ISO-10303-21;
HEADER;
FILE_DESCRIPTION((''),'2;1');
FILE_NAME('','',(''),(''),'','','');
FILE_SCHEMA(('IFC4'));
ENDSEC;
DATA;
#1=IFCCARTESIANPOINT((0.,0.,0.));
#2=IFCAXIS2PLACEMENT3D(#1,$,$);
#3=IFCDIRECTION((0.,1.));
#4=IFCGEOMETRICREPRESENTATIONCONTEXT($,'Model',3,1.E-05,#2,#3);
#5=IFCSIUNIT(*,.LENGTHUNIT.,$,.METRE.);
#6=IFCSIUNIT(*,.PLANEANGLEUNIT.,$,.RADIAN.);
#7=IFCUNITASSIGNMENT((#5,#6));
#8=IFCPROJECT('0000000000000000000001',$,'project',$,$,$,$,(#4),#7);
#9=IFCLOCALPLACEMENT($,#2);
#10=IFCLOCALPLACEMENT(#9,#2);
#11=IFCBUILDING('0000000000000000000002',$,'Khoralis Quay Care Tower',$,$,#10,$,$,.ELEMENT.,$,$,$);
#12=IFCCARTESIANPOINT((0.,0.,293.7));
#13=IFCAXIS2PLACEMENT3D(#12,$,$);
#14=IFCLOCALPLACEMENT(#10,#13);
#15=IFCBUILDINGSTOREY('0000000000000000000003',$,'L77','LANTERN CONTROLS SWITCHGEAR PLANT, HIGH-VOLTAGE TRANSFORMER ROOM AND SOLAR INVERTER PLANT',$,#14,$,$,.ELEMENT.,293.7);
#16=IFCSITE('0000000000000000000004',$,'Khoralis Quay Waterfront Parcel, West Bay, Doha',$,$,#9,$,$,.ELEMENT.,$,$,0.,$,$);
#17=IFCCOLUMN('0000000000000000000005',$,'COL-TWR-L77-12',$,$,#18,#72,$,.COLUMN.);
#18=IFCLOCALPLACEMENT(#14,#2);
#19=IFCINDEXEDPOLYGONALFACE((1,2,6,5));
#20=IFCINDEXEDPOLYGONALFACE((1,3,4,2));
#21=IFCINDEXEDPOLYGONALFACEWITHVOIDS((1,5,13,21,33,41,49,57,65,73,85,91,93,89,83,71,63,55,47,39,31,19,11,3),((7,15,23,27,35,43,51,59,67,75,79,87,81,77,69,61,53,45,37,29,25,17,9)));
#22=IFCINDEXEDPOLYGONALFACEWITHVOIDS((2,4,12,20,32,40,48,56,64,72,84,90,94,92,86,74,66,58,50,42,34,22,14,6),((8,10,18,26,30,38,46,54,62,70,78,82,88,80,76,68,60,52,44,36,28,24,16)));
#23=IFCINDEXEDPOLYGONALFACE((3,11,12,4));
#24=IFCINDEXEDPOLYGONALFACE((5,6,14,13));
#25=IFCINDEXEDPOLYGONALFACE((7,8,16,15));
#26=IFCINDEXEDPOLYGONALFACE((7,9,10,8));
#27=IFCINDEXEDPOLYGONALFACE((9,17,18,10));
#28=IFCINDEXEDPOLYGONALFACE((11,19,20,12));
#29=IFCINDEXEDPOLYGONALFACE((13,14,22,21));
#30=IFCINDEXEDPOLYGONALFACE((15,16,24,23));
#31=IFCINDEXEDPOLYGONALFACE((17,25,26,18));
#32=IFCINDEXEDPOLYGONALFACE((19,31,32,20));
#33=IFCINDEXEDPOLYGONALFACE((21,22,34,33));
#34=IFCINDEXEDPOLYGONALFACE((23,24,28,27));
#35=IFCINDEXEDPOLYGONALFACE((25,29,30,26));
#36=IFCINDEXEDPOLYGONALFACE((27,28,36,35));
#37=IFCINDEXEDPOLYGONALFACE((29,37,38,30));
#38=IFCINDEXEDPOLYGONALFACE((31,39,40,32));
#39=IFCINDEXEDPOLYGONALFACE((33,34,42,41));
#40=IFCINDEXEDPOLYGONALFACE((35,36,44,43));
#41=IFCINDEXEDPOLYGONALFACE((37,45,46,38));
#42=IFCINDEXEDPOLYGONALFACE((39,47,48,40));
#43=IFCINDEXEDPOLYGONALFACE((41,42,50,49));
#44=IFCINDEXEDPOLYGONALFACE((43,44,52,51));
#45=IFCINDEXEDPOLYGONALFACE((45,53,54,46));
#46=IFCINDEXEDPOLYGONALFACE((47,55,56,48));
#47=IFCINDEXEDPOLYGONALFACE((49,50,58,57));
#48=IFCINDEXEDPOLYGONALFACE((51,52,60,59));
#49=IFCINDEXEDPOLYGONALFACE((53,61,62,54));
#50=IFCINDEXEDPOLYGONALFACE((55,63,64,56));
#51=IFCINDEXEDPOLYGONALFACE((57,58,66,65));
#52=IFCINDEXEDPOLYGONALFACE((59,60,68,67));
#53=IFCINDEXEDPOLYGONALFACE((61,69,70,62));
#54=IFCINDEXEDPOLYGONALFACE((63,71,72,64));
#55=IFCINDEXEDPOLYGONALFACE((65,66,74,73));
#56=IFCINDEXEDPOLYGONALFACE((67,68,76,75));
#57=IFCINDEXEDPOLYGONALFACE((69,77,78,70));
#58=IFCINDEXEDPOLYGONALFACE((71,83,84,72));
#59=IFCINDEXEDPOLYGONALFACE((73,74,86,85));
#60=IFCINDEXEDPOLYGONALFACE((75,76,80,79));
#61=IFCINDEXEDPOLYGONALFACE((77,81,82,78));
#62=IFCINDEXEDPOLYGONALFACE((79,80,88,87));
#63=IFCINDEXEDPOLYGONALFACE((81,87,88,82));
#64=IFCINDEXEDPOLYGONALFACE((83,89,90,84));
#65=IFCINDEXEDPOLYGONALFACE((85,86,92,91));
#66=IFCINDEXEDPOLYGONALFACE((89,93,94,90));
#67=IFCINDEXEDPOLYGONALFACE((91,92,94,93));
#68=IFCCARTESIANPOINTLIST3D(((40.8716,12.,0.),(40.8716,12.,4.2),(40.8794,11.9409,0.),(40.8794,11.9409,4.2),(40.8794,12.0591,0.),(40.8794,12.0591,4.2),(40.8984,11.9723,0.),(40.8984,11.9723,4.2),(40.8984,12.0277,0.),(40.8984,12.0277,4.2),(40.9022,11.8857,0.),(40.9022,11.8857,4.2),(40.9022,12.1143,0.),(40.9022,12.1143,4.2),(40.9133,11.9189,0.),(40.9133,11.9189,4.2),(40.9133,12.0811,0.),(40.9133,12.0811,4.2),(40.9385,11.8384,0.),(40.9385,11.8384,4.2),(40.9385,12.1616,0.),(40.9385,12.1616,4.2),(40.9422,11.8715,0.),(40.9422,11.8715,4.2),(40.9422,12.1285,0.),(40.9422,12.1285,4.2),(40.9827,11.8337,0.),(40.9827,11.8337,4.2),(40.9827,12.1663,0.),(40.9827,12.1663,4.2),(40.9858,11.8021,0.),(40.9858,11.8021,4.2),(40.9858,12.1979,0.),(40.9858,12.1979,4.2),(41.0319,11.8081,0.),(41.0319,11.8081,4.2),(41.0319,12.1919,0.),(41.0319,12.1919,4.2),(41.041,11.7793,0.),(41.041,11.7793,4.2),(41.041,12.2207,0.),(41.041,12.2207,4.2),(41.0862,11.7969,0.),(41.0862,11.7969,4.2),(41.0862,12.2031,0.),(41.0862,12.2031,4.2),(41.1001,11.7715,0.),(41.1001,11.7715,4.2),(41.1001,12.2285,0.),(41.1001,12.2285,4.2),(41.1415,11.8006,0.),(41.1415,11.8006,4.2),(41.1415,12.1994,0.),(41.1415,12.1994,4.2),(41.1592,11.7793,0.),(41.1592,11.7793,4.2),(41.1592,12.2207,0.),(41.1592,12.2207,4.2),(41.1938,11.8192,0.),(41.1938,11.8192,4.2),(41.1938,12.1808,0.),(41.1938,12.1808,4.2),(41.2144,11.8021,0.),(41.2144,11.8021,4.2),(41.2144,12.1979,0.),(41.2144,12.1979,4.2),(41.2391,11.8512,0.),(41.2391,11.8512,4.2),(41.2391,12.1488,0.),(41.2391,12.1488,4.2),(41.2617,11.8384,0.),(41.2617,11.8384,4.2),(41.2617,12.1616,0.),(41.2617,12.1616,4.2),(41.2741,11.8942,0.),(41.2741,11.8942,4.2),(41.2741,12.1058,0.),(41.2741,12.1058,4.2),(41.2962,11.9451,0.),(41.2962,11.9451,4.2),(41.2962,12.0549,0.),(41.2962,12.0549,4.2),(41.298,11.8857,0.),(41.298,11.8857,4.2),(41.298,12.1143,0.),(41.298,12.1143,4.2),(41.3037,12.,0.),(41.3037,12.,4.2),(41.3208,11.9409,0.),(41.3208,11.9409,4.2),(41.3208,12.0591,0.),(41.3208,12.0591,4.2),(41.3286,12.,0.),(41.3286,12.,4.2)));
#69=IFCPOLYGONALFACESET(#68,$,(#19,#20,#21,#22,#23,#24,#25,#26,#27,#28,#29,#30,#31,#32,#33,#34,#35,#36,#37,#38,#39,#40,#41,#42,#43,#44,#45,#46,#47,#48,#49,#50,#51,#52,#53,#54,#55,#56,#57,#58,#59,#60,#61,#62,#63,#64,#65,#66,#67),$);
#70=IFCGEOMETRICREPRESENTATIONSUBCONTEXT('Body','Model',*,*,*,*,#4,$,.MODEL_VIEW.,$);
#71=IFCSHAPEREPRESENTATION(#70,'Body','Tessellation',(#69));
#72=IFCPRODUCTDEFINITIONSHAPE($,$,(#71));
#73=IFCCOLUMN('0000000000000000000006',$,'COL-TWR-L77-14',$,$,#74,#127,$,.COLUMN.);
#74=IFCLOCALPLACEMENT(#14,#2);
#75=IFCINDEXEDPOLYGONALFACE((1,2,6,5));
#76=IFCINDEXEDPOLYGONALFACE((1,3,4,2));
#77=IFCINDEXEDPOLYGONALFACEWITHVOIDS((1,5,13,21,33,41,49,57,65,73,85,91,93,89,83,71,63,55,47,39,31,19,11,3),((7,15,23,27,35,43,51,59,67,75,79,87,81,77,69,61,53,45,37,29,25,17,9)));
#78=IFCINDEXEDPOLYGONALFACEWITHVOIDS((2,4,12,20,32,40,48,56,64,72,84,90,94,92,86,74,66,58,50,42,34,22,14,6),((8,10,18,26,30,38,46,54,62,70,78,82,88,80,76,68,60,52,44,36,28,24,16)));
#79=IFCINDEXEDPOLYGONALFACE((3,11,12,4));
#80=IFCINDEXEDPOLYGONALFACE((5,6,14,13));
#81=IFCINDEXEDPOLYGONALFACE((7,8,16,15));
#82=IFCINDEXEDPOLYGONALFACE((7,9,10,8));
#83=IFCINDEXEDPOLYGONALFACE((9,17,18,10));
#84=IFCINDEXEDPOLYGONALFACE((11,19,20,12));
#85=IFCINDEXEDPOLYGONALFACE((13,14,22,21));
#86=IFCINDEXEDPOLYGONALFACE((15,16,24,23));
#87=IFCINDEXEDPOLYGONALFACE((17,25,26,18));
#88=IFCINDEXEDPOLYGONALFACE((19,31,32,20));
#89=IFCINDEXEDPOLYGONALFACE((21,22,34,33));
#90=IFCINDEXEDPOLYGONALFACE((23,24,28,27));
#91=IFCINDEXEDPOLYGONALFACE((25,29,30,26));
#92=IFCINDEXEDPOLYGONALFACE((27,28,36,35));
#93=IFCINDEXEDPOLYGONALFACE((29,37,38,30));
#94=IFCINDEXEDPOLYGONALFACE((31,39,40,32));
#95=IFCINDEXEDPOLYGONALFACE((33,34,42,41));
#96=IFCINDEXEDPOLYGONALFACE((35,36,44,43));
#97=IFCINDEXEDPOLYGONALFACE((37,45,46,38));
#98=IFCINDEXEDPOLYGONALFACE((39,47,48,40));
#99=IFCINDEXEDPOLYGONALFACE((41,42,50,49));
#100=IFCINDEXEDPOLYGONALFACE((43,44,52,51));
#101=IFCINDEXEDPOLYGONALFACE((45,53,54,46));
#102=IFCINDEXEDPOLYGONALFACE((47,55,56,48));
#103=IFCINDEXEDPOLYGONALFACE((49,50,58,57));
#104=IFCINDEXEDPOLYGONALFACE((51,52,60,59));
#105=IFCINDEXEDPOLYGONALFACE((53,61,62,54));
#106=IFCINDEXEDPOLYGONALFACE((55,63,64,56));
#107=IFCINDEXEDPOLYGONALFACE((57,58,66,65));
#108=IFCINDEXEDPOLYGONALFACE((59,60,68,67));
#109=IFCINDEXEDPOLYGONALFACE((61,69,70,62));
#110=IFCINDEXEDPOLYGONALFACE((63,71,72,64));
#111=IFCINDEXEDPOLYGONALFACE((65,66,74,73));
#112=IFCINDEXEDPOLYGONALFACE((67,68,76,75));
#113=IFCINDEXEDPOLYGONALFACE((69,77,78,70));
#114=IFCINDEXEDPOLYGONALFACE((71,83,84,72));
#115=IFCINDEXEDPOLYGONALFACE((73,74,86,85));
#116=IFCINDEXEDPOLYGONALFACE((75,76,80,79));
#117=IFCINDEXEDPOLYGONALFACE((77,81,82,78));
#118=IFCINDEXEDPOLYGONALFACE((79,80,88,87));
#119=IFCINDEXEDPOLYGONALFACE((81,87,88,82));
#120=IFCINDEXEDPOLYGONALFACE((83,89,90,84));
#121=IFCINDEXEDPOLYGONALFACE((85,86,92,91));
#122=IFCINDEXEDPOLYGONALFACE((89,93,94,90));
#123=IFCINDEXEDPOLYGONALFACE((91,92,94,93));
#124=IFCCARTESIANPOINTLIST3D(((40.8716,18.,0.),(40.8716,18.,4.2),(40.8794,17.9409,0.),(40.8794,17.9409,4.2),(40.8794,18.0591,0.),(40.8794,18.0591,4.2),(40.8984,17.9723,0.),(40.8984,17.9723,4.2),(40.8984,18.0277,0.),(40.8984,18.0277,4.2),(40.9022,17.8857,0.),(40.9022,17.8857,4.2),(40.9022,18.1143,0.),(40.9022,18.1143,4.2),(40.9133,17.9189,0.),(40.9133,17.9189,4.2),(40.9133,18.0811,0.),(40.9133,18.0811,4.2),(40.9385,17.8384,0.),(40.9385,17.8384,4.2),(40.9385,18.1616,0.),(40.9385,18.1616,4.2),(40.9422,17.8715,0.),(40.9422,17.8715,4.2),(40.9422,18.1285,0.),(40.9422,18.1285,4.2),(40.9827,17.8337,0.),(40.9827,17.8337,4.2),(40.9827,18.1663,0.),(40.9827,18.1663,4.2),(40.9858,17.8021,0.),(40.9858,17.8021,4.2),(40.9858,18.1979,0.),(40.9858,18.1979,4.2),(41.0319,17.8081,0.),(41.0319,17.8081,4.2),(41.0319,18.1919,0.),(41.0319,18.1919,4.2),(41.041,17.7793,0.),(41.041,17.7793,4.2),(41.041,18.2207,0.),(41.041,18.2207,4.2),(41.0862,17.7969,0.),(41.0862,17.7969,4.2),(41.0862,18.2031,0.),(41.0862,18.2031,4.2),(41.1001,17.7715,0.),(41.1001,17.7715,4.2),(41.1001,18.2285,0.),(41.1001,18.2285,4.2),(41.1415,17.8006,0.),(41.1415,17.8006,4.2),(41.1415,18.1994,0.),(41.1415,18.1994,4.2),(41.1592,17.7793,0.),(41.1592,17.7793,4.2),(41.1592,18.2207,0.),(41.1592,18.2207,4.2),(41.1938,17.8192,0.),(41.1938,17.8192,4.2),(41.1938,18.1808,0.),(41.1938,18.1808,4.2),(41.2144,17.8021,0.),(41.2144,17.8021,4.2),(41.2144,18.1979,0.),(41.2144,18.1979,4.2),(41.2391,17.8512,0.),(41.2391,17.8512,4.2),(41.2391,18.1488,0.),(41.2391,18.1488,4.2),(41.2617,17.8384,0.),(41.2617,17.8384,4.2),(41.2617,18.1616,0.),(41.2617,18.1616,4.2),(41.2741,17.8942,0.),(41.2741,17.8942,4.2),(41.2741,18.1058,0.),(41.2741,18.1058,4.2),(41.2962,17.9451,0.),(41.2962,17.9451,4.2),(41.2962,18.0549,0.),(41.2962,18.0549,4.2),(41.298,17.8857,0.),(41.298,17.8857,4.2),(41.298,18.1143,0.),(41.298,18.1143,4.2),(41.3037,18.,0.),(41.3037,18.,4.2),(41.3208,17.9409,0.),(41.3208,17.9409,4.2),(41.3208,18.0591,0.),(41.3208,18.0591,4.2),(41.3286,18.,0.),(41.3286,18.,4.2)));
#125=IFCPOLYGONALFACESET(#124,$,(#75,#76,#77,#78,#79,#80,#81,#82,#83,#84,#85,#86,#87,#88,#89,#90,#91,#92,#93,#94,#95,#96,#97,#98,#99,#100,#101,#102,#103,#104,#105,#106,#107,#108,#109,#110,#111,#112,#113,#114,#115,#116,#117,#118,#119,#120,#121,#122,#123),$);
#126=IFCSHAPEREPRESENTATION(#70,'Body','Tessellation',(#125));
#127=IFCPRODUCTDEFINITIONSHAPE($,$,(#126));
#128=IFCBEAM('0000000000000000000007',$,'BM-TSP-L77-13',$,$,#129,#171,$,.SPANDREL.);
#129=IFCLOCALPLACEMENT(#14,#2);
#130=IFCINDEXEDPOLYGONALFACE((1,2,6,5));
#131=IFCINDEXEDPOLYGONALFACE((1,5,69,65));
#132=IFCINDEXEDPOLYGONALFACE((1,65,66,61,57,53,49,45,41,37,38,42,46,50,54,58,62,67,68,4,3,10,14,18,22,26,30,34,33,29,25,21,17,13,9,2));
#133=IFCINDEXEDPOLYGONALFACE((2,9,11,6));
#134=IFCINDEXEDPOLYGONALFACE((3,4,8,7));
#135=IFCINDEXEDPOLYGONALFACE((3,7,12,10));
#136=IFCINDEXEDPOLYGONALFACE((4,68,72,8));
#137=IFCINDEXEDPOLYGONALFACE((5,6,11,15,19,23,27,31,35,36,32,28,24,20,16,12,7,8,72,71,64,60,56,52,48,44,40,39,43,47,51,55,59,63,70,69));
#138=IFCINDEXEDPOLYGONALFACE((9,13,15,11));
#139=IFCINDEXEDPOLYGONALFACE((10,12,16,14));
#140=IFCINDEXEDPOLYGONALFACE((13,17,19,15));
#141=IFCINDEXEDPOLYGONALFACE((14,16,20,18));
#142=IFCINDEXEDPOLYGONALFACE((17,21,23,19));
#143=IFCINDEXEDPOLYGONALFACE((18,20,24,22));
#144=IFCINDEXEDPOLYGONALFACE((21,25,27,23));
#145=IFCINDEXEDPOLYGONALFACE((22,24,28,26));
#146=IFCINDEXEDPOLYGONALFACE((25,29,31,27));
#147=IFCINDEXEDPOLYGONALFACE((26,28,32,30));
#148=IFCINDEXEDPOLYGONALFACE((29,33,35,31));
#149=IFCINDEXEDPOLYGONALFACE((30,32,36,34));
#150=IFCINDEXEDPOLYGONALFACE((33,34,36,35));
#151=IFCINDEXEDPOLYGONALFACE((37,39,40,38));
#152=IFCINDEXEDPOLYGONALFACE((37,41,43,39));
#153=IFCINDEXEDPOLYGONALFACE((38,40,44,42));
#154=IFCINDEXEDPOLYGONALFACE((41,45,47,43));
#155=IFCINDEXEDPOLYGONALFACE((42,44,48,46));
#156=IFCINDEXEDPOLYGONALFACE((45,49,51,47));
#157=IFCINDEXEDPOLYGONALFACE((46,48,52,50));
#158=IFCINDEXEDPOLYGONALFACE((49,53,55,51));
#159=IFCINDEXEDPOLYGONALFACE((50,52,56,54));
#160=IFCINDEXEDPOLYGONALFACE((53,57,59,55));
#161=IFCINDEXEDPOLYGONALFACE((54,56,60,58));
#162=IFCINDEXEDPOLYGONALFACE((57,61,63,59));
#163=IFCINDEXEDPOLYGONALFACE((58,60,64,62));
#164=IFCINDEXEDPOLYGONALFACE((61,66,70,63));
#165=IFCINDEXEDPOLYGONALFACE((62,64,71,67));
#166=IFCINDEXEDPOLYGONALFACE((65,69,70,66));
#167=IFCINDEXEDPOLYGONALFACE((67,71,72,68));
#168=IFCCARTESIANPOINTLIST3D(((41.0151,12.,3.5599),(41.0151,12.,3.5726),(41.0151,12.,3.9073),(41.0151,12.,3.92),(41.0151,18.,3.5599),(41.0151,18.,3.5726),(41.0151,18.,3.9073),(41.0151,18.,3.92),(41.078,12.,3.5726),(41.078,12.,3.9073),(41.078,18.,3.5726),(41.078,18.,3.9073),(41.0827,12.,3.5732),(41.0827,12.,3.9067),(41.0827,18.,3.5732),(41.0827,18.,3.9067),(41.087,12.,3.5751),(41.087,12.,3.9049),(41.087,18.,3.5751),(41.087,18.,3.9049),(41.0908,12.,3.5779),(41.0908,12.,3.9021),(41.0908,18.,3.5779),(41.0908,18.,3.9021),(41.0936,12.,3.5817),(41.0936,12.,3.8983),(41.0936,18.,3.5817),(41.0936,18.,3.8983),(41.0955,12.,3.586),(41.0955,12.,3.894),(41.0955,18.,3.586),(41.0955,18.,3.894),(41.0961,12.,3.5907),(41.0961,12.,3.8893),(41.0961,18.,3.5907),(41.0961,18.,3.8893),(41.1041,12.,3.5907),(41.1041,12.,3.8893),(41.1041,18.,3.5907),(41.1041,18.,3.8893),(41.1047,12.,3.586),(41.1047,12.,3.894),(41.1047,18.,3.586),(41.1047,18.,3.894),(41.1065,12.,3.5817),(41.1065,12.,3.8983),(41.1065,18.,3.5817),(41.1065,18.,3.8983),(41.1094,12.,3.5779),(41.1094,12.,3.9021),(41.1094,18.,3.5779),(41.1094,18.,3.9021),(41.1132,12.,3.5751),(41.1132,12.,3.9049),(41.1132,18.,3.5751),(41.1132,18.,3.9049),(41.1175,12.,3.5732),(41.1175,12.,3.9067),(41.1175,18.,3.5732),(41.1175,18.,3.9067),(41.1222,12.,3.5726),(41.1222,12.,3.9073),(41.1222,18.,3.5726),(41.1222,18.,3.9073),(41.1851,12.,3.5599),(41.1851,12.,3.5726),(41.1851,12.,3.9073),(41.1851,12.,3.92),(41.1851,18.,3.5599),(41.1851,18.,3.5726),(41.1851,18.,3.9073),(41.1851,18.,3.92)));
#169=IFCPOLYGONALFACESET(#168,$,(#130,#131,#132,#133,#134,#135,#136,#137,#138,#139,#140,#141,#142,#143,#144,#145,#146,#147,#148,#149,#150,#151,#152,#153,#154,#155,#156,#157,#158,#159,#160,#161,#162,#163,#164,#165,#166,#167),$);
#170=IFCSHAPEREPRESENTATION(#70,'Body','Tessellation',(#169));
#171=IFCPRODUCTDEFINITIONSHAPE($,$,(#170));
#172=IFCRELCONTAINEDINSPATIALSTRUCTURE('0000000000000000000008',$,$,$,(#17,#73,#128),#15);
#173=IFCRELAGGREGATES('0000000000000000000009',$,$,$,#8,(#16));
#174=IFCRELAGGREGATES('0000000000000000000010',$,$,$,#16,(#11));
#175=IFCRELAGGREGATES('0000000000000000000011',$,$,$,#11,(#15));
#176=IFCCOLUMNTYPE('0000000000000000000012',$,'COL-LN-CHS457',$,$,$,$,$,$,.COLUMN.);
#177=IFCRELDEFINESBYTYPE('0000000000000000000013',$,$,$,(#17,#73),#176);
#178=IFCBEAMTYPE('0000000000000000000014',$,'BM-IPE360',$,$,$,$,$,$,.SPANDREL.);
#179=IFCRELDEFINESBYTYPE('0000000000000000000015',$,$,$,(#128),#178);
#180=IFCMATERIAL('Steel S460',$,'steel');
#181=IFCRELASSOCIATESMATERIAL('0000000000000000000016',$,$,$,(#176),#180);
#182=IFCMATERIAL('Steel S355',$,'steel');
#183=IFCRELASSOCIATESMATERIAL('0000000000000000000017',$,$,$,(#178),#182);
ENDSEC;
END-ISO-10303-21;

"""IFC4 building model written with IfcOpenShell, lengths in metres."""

from ifc_helpers import new_model, si_unit, direction, frame, origin, origin_2d, place, context, subcontext, project, spatial, hollow_circle, i_section, extrude, source, transform, mapped, material, material_profile, profile_set, type_object, element, save


model = new_model("IFC4")

# Units and contexts
model_context = context("Model", 3, precision=1e-05, world=origin(), true_north=direction((0.0, 1.0)))
body_context = subcontext(model_context, "Body", "Model", "MODEL_VIEW")
ifc_project = project(units=[si_unit("LENGTHUNIT", "METRE"), si_unit("PLANEANGLEUNIT", "RADIAN")], contexts=[model_context])

# Site, building, storey
site_placement = place(None, origin())
site = spatial("IfcSite", under=ifc_project, at=site_placement, Name="Khoralis Quay Waterfront Parcel, West Bay, Doha", CompositionType="ELEMENT", RefElevation=0.0)
building_placement = place(site_placement, origin())
building = spatial("IfcBuilding", under=site, at=building_placement, Name="Khoralis Quay Care Tower", CompositionType="ELEMENT")
storey_placement = place(building_placement, frame((0.0, 0.0, 293.7)))
storey = spatial("IfcBuildingStorey", under=building, at=storey_placement, Name="L77", Description="LANTERN CONTROLS SWITCHGEAR PLANT, HIGH-VOLTAGE TRANSFORMER ROOM AND SOLAR INVERTER PLANT", CompositionType="ELEMENT", Elevation=293.7)

# Columns
ifc_material_1 = material(Name="Steel S460", Category="steel")
ifc_material_profile_1 = material_profile(ifc_material_1, hollow_circle(Radius=0.2285, WallThickness=0.0249, at=origin_2d()), Name="Steel S460")
ifc_profile_set_1 = profile_set([ifc_material_profile_1], Name="Steel S460")
column_type = type_object("IfcColumnType", Name="COL-LN-CHS457", PredefinedType="COLUMN", material=ifc_profile_set_1)
shared_shape_1 = source(origin(), body_context, "Body", "SweptSolid", [
    extrude(hollow_circle(Radius=0.2285, WallThickness=0.0249, at=origin_2d()), origin(), (0.0, 0.0, 1.0), 4.2),
])
for number, where, z_axis, x_axis, name in (
    (1, (41.1001, 12.0, 0.0), (0.0, 0.0, 1.0), (1.0, 0.0, 0.0), "COL-TWR-L77-12"),
    (2, (41.1001, 18.0, 0.0), (0.0, 0.0, 1.0), (1.0, 0.0, 0.0), "COL-TWR-L77-14"),
):
    element("IfcColumn", number, at=place(storey_placement, frame(where, z_axis=z_axis, x_axis=x_axis)), inside=storey, type_object=column_type, Name=name, PredefinedType="COLUMN", context=body_context, shape_type="MappedRepresentation", body=[
        mapped(shared_shape_1, transform((0.0, 0.0, 0.0), scale=1.0)),
    ])

# Beam
ifc_material_2 = material(Name="Steel S355", Category="steel")
ifc_material_profile_2 = material_profile(ifc_material_2, i_section(OverallWidth=0.1699, OverallDepth=0.3601, WebThickness=0.0081, FlangeThickness=0.0127, FilletRadius=0.0181, at=origin_2d()), Name="Steel S355")
ifc_profile_set_2 = profile_set([ifc_material_profile_2], Name="Steel S355")
beam_type_1 = type_object("IfcBeamType", Name="BM-IPE360", PredefinedType="SPANDREL", material=ifc_profile_set_2)
shared_shape_2 = source(origin(), body_context, "Body", "SweptSolid", [
    extrude(i_section(OverallWidth=0.1699, OverallDepth=0.3601, WebThickness=0.0081, FlangeThickness=0.0127, FilletRadius=0.0181, at=origin_2d()), origin(), (0.0, 0.0, 1.0), 6.0),
])
for number, where, z_axis, x_axis, name in (
    (3, (41.1001, 12.0, 3.74), (0.0, 1.0, 0.0), (-1.0, 0.0, 0.0), "BM-TSP-L77-13"),
):
    element("IfcBeam", number, at=place(storey_placement, frame(where, z_axis=z_axis, x_axis=x_axis)), inside=storey, type_object=beam_type_1, Name=name, PredefinedType="SPANDREL", context=body_context, shape_type="MappedRepresentation", body=[
        mapped(shared_shape_2, transform((0.0, 0.0, 0.0), scale=1.0)),
    ])

save(model, "model.ifc")
